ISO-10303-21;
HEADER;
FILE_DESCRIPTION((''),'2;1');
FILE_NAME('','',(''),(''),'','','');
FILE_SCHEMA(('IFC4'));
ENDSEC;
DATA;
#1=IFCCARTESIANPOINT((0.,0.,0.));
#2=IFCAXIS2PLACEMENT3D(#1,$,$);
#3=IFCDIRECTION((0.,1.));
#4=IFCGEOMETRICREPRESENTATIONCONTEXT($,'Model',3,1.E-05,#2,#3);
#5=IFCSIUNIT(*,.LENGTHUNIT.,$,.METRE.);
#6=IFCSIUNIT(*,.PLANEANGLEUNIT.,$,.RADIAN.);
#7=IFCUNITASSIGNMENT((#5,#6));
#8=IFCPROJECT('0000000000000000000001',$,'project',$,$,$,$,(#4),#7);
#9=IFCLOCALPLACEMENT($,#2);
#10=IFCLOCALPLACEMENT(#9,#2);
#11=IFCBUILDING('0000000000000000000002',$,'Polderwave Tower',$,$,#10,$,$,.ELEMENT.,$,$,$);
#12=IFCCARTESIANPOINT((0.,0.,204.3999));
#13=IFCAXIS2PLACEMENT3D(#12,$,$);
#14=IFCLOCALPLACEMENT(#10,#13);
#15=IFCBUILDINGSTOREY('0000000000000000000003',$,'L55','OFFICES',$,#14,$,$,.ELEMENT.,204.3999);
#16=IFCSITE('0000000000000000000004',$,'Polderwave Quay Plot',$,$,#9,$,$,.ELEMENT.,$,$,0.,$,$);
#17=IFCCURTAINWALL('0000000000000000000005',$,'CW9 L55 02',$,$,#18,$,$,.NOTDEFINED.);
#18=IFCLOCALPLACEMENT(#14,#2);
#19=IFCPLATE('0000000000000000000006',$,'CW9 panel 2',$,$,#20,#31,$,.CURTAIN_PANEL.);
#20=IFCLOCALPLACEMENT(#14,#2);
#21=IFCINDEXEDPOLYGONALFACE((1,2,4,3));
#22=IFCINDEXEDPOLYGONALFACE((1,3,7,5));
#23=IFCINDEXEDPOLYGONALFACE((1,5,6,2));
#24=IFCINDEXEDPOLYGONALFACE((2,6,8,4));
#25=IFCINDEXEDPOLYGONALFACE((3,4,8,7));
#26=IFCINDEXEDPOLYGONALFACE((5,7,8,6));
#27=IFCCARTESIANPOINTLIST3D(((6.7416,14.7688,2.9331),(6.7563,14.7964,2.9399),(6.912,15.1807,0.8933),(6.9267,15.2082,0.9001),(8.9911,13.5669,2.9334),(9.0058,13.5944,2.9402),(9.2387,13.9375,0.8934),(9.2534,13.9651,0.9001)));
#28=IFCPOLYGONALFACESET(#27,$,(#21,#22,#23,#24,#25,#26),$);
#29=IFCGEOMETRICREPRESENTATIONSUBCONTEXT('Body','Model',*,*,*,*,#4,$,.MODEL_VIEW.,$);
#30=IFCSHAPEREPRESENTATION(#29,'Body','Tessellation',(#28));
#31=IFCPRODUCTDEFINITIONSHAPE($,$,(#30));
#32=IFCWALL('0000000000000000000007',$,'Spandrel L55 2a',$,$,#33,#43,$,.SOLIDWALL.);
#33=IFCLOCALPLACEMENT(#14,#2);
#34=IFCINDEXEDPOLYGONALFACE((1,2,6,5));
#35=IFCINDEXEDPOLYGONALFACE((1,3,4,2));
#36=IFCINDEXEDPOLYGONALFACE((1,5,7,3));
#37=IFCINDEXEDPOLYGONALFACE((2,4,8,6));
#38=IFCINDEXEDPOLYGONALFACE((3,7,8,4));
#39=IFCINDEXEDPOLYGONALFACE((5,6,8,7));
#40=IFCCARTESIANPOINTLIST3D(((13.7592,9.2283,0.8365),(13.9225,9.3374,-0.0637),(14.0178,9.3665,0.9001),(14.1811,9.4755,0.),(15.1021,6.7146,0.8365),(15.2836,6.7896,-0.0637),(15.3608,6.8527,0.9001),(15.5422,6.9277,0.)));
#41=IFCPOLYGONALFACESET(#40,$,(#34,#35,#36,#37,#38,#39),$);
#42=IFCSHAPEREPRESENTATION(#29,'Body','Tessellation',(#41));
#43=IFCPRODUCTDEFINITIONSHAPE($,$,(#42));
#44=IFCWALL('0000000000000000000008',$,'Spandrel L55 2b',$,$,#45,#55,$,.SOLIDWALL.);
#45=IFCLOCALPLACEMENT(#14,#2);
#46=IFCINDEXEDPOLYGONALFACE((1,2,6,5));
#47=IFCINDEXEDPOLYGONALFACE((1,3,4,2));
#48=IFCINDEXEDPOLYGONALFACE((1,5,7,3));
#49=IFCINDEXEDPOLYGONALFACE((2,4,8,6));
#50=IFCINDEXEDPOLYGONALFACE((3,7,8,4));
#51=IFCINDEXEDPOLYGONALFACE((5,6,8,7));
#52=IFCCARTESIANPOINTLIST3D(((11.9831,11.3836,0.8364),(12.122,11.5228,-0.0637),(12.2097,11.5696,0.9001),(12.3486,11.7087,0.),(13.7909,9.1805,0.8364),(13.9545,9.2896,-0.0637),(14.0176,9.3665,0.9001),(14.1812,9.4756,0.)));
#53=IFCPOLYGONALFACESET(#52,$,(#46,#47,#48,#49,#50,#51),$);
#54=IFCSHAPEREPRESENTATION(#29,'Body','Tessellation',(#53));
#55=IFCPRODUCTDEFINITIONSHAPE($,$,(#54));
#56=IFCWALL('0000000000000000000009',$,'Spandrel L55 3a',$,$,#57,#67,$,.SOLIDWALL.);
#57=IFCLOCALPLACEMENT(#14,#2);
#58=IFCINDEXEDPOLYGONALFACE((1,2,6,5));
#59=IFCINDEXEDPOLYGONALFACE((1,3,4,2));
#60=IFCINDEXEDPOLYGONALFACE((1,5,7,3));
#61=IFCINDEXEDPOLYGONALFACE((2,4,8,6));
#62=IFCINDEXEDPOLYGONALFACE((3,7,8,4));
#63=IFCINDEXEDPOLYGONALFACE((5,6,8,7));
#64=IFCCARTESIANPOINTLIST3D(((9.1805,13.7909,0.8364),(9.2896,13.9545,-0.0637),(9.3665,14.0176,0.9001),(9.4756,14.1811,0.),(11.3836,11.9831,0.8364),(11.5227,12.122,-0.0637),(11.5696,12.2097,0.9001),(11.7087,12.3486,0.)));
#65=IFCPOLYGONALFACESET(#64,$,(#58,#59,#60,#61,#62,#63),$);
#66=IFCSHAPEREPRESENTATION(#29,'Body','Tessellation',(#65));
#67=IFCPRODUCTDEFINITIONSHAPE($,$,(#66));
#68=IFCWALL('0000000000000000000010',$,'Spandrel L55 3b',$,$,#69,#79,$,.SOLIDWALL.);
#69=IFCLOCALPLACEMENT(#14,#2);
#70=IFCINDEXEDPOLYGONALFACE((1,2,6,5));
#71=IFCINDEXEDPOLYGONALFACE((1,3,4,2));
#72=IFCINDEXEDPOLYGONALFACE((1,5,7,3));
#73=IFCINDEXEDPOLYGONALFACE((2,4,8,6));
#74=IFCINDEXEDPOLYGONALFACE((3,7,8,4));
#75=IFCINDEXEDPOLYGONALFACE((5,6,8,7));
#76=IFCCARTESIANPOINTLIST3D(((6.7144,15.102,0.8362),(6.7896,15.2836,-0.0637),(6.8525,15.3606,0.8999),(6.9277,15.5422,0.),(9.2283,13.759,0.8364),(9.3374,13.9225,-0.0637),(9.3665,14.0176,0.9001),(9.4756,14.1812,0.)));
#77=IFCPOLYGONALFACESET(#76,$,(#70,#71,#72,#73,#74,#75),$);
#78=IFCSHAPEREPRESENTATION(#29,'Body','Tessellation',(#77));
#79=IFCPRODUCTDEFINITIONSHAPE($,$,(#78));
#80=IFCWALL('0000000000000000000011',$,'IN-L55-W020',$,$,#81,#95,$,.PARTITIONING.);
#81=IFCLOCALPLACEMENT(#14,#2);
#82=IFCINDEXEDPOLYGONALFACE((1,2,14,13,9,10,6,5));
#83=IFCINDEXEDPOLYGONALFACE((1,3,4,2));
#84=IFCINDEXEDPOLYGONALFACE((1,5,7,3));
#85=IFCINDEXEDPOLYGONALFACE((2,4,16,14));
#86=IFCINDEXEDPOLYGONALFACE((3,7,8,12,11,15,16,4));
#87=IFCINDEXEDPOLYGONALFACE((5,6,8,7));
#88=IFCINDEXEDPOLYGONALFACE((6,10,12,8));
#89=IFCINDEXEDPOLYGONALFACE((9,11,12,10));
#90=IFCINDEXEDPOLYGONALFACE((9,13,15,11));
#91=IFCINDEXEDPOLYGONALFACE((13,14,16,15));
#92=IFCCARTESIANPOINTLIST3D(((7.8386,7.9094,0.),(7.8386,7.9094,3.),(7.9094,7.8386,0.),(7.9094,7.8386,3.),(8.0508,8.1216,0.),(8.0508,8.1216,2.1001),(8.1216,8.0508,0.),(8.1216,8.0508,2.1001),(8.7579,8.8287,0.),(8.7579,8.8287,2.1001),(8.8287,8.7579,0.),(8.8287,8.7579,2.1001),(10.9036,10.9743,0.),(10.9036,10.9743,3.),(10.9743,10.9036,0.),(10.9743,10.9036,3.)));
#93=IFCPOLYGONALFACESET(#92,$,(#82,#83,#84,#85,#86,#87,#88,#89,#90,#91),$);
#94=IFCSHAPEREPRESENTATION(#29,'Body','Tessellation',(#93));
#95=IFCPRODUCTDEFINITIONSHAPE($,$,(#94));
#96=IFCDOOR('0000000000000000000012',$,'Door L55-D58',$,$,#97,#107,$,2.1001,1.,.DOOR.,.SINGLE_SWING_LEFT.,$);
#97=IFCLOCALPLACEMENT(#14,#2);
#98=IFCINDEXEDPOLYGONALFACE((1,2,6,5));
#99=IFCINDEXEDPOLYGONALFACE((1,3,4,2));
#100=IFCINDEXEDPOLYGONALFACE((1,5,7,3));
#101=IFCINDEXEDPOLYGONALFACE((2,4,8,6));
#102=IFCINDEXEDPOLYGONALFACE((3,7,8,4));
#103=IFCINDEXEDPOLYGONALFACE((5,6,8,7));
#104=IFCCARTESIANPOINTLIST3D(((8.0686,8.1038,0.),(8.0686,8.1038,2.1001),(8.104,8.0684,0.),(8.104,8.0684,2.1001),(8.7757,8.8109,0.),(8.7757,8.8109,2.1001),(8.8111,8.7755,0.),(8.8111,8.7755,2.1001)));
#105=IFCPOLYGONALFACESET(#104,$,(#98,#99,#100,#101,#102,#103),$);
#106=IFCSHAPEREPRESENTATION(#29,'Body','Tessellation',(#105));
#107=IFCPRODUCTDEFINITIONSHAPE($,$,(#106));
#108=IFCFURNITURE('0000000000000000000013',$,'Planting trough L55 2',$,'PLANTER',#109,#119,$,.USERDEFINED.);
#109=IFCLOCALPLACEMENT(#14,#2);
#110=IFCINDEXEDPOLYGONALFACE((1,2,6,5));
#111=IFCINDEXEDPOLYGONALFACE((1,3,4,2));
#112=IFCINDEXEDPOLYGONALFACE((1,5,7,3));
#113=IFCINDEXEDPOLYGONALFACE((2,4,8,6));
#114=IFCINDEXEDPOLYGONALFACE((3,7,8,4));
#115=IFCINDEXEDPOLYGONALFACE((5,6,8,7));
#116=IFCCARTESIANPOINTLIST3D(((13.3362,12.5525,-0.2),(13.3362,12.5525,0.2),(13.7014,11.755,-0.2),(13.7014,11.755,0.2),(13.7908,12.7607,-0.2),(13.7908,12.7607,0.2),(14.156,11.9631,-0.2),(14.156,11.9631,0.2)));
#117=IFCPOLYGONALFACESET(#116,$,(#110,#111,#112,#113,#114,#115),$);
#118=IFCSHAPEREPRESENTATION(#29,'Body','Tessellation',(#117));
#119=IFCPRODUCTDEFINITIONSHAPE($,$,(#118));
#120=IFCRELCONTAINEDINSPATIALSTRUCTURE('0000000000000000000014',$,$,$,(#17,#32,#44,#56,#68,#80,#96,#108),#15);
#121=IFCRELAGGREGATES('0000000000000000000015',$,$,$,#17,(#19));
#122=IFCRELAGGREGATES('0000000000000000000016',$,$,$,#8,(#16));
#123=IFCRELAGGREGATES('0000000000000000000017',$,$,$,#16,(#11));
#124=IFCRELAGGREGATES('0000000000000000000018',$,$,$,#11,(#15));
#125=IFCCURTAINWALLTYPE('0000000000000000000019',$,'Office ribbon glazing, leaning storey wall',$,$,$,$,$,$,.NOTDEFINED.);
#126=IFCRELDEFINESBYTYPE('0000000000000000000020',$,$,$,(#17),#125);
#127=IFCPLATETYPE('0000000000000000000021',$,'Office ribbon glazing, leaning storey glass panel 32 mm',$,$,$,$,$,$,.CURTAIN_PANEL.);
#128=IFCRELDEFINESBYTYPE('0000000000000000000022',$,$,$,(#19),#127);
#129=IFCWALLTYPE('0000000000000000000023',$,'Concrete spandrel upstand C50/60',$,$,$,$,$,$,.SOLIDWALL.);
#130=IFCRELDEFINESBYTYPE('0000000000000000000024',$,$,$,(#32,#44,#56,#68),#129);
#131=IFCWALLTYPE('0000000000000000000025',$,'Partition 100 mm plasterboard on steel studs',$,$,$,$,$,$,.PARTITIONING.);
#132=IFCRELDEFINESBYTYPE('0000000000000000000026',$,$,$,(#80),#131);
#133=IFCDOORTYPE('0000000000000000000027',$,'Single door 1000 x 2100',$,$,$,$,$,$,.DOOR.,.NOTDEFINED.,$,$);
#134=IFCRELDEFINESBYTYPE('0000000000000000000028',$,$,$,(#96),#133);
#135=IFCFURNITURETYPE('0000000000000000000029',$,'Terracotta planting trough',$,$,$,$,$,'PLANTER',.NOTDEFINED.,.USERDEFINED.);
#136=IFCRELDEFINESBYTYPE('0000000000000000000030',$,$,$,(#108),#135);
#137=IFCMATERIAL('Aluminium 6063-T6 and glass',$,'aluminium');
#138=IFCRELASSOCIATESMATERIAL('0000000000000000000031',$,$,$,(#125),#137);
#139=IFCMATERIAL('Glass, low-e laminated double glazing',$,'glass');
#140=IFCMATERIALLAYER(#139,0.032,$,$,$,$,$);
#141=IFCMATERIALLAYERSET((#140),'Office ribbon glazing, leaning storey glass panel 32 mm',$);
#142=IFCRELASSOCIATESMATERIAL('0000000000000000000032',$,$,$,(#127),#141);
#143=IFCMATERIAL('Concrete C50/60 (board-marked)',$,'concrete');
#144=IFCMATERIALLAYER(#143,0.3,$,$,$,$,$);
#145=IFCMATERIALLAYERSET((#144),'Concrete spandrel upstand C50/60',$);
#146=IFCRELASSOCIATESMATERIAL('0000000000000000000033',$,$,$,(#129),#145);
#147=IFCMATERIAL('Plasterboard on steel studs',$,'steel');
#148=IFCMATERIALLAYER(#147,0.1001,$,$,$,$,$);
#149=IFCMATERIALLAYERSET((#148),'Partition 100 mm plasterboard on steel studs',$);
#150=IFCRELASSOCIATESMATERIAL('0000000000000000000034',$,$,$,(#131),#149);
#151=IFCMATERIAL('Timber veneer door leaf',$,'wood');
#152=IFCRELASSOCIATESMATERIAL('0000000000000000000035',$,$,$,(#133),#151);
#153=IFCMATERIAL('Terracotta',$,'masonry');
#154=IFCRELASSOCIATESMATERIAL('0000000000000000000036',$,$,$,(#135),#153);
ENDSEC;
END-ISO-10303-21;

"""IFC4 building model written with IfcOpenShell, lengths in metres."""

from ifc_helpers import new_model, si_unit, direction, frame, frame_2d, origin, origin_2d, place, context, subcontext, project, spatial, polyline, rectangle, outline, extrude, material, layer, layer_set, type_object, element, fill, aggregate, save


model = new_model("IFC4")

# Units and contexts
model_context = context("Model", 3, precision=1e-05, world=origin(), true_north=direction((0.0, 1.0)))
body_context = subcontext(model_context, "Body", "Model", "MODEL_VIEW")
ifc_project = project(units=[si_unit("LENGTHUNIT", "METRE"), si_unit("PLANEANGLEUNIT", "RADIAN")], contexts=[model_context])

# Site, building, storey
site_placement = place(None, origin())
site = spatial("IfcSite", under=ifc_project, at=site_placement, Name="Polderwave Quay Plot", CompositionType="ELEMENT", RefElevation=0.0)
building_placement = place(site_placement, origin())
building = spatial("IfcBuilding", under=site, at=building_placement, Name="Polderwave Tower", CompositionType="ELEMENT")
storey_placement = place(building_placement, frame((0.0, 0.0, 204.3999)))
storey = spatial("IfcBuildingStorey", under=building, at=storey_placement, Name="L55", Description="OFFICES", CompositionType="ELEMENT", Elevation=204.3999)

# Curtain wall
ifc_material_1 = material(Name="Aluminium 6063-T6 and glass", Category="aluminium")
curtain_wall_type = type_object("IfcCurtainWallType", Name="Office ribbon glazing, leaning storey wall", PredefinedType="NOTDEFINED", material=ifc_material_1)
curtain_wall_1_placement = place(storey_placement, origin())
curtain_wall_1 = element("IfcCurtainWall", 1, at=curtain_wall_1_placement, inside=storey, type_object=curtain_wall_type, Name="CW9 L55 02", PredefinedType="NOTDEFINED")

# Plate
ifc_material_2 = material(Name="Glass, low-e laminated double glazing", Category="glass")
ifc_layer_1 = layer(ifc_material_2, 0.032)
ifc_layer_set_1 = layer_set([ifc_layer_1], Name="Office ribbon glazing, leaning storey glass panel 32 mm")
plate_type = type_object("IfcPlateType", Name="Office ribbon glazing, leaning storey glass panel 32 mm", PredefinedType="CURTAIN_PANEL", material=ifc_layer_set_1)
plate_1_placement = place(storey_placement, frame((9.2534, 13.9651, 0.9001), z_axis=(0.460486, 0.861863, 0.212472), x_axis=(-0.882002, 0.471246, -0.000003)))
plate_1 = element("IfcPlate", 2, at=plate_1_placement, type_object=plate_type, Name="CW9 panel 2", PredefinedType="CURTAIN_PANEL", context=body_context, shape_type="SweptSolid", body=[
    extrude(outline(polyline([(0.0, 0.0), (2.638, 0.0), (2.5942, 2.0875), (0.0437, 2.0877), (0.0, 0.0)])), origin(), (0.0, 0.0, -1.0), 0.032),
])
aggregate(curtain_wall_1, [plate_1])

# Walls
ifc_material_3 = material(Name="Concrete C50/60 (board-marked)", Category="concrete")
ifc_layer_2 = layer(ifc_material_3, 0.3)
ifc_layer_set_2 = layer_set([ifc_layer_2], Name="Concrete spandrel upstand C50/60")
wall_type_1 = type_object("IfcWallType", Name="Concrete spandrel upstand C50/60", PredefinedType="SOLIDWALL", material=ifc_layer_set_2)
wall_1_placement = place(storey_placement, frame((15.5422, 6.9277, 0.0), z_axis=(0.861944, 0.460491, 0.212134), x_axis=(-0.471214, 0.882019, -0.000006)))
element("IfcWall", 3, at=wall_1_placement, inside=storey, type_object=wall_type_1, Name="Spandrel L55 2a", PredefinedType="SOLIDWALL", context=body_context, shape_type="SweptSolid", body=[
    extrude(outline(polyline([(0.0, 0.0), (2.8886, 0.0), (2.8693, 0.9211), (0.0194, 0.9211), (0.0, 0.0)])), origin(), (0.0, 0.0, -1.0), 0.3),
])
wall_2_placement = place(storey_placement, frame((14.1812, 9.4756, 0.0), z_axis=(0.755401, 0.619877, 0.212416), x_axis=(-0.634354, 0.773043, 0.0)))
element("IfcWall", 4, at=wall_2_placement, inside=storey, type_object=wall_type_1, Name="Spandrel L55 2b", PredefinedType="SOLIDWALL", context=body_context, shape_type="SweptSolid", body=[
    extrude(outline(polyline([(0.0, 0.0), (2.8888, 0.0), (2.8693, 0.9212), (0.0194, 0.9212), (0.0, 0.0)])), origin(), (0.0, 0.0, -1.0), 0.3),
])
wall_3_placement = place(storey_placement, frame((11.7087, 12.3486, 0.0), z_axis=(0.619877, 0.755401, 0.212416), x_axis=(-0.773043, 0.634354, 0.0)))
element("IfcWall", 5, at=wall_3_placement, inside=storey, type_object=wall_type_1, Name="Spandrel L55 3a", PredefinedType="SOLIDWALL", context=body_context, shape_type="SweptSolid", body=[
    extrude(outline(polyline([(0.0, 0.0), (2.8888, 0.0), (2.8694, 0.9212), (0.0195, 0.9212), (0.0, 0.0)])), origin(), (0.0, 0.0, -1.0), 0.3),
])
wall_4_placement = place(storey_placement, frame((9.4756, 14.1812, 0.0), z_axis=(0.460434, 0.861898, 0.212444), x_axis=(-0.882032, 0.471189, 0.0)))
element("IfcWall", 6, at=wall_4_placement, inside=storey, type_object=wall_type_1, Name="Spandrel L55 3b", PredefinedType="SOLIDWALL", context=body_context, shape_type="SweptSolid", body=[
    extrude(outline(polyline([(0.0, 0.0), (2.8886, 0.0), (2.8694, 0.9209), (0.0192, 0.9212), (0.0, 0.0)])), origin(), (0.0, 0.0, -1.0), 0.3),
])

# Wall, opening, door
ifc_material_4 = material(Name="Plasterboard on steel studs", Category="steel")
ifc_layer_3 = layer(ifc_material_4, 0.1001)
ifc_layer_set_3 = layer_set([ifc_layer_3], Name="Partition 100 mm plasterboard on steel studs")
wall_type_2 = type_object("IfcWallType", Name="Partition 100 mm plasterboard on steel studs", PredefinedType="PARTITIONING", material=ifc_layer_set_3)
wall_5_placement = place(storey_placement, frame((7.874, 7.874, 0.0), z_axis=(0.0, 0.0, 1.0), x_axis=(0.707107, 0.707107, 0.0)))
wall_5 = element("IfcWall", 7, at=wall_5_placement, inside=storey, type_object=wall_type_2, Name="IN-L55-W020", PredefinedType="PARTITIONING", context=body_context, shape_type="SweptSolid", body=[
    extrude(rectangle(XDim=4.3345, YDim=0.1001, at=frame_2d((2.1672, 0.0))), origin(), (0.0, 0.0, 1.0), 3.0),
])
opening_placement = place(wall_5_placement, frame((0.3, 0.0, 0.0)))
opening = element("IfcOpeningElement", 8, at=opening_placement, cuts=wall_5, PredefinedType="OPENING", context=body_context, shape_type="SweptSolid", body=[
    extrude(rectangle(XDim=1.0, YDim=2.1001, at=frame_2d((0.5, 1.05))), frame((0.0, 0.0601, 0.0), z_axis=(0.0, -1.0, 0.0), x_axis=(1.0, 0.0, 0.0)), (0.0, 0.0, 1.0), 0.1201),
])
ifc_material_5 = material(Name="Timber veneer door leaf", Category="wood")
door_type = type_object("IfcDoorType", Name="Single door 1000 x 2100", OperationType="NOTDEFINED", PredefinedType="DOOR", material=ifc_material_5)
door_placement = place(opening_placement, origin())
door = element("IfcDoor", 9, at=door_placement, inside=storey, type_object=door_type, Name="Door L55-D58", OperationType="SINGLE_SWING_LEFT", OverallHeight=2.1001, OverallWidth=1.0, PredefinedType="DOOR", context=body_context, shape_type="SweptSolid", body=[
    extrude(rectangle(XDim=1.0, YDim=2.1001, at=frame_2d((0.5, 1.05))), frame((0.0, 0.0249, 0.0), z_axis=(0.0, -1.0, 0.0), x_axis=(1.0, 0.0, 0.0)), (0.0, 0.0, 1.0), 0.05),
])
fill(opening, door)

# Furniture
ifc_material_6 = material(Name="Terracotta", Category="masonry")
furniture_type = type_object("IfcFurnitureType", Name="Terracotta planting trough", ElementType="PLANTER", AssemblyPlace="NOTDEFINED", PredefinedType="USERDEFINED", material=ifc_material_6)
furniture_placement = place(storey_placement, frame((13.7461, 12.2578, -0.2), z_axis=(0.0, 0.0, 1.0), x_axis=(-0.416278, 0.909238, 0.0)))
element("IfcFurniture", 10, at=furniture_placement, inside=storey, type_object=furniture_type, Name="Planting trough L55 2", ObjectType="PLANTER", PredefinedType="USERDEFINED", context=body_context, shape_type="SweptSolid", body=[
    extrude(rectangle(XDim=0.8772, YDim=0.5, at=origin_2d()), origin(), (0.0, 0.0, 1.0), 0.3999),
])

save(model, "model.ifc")
